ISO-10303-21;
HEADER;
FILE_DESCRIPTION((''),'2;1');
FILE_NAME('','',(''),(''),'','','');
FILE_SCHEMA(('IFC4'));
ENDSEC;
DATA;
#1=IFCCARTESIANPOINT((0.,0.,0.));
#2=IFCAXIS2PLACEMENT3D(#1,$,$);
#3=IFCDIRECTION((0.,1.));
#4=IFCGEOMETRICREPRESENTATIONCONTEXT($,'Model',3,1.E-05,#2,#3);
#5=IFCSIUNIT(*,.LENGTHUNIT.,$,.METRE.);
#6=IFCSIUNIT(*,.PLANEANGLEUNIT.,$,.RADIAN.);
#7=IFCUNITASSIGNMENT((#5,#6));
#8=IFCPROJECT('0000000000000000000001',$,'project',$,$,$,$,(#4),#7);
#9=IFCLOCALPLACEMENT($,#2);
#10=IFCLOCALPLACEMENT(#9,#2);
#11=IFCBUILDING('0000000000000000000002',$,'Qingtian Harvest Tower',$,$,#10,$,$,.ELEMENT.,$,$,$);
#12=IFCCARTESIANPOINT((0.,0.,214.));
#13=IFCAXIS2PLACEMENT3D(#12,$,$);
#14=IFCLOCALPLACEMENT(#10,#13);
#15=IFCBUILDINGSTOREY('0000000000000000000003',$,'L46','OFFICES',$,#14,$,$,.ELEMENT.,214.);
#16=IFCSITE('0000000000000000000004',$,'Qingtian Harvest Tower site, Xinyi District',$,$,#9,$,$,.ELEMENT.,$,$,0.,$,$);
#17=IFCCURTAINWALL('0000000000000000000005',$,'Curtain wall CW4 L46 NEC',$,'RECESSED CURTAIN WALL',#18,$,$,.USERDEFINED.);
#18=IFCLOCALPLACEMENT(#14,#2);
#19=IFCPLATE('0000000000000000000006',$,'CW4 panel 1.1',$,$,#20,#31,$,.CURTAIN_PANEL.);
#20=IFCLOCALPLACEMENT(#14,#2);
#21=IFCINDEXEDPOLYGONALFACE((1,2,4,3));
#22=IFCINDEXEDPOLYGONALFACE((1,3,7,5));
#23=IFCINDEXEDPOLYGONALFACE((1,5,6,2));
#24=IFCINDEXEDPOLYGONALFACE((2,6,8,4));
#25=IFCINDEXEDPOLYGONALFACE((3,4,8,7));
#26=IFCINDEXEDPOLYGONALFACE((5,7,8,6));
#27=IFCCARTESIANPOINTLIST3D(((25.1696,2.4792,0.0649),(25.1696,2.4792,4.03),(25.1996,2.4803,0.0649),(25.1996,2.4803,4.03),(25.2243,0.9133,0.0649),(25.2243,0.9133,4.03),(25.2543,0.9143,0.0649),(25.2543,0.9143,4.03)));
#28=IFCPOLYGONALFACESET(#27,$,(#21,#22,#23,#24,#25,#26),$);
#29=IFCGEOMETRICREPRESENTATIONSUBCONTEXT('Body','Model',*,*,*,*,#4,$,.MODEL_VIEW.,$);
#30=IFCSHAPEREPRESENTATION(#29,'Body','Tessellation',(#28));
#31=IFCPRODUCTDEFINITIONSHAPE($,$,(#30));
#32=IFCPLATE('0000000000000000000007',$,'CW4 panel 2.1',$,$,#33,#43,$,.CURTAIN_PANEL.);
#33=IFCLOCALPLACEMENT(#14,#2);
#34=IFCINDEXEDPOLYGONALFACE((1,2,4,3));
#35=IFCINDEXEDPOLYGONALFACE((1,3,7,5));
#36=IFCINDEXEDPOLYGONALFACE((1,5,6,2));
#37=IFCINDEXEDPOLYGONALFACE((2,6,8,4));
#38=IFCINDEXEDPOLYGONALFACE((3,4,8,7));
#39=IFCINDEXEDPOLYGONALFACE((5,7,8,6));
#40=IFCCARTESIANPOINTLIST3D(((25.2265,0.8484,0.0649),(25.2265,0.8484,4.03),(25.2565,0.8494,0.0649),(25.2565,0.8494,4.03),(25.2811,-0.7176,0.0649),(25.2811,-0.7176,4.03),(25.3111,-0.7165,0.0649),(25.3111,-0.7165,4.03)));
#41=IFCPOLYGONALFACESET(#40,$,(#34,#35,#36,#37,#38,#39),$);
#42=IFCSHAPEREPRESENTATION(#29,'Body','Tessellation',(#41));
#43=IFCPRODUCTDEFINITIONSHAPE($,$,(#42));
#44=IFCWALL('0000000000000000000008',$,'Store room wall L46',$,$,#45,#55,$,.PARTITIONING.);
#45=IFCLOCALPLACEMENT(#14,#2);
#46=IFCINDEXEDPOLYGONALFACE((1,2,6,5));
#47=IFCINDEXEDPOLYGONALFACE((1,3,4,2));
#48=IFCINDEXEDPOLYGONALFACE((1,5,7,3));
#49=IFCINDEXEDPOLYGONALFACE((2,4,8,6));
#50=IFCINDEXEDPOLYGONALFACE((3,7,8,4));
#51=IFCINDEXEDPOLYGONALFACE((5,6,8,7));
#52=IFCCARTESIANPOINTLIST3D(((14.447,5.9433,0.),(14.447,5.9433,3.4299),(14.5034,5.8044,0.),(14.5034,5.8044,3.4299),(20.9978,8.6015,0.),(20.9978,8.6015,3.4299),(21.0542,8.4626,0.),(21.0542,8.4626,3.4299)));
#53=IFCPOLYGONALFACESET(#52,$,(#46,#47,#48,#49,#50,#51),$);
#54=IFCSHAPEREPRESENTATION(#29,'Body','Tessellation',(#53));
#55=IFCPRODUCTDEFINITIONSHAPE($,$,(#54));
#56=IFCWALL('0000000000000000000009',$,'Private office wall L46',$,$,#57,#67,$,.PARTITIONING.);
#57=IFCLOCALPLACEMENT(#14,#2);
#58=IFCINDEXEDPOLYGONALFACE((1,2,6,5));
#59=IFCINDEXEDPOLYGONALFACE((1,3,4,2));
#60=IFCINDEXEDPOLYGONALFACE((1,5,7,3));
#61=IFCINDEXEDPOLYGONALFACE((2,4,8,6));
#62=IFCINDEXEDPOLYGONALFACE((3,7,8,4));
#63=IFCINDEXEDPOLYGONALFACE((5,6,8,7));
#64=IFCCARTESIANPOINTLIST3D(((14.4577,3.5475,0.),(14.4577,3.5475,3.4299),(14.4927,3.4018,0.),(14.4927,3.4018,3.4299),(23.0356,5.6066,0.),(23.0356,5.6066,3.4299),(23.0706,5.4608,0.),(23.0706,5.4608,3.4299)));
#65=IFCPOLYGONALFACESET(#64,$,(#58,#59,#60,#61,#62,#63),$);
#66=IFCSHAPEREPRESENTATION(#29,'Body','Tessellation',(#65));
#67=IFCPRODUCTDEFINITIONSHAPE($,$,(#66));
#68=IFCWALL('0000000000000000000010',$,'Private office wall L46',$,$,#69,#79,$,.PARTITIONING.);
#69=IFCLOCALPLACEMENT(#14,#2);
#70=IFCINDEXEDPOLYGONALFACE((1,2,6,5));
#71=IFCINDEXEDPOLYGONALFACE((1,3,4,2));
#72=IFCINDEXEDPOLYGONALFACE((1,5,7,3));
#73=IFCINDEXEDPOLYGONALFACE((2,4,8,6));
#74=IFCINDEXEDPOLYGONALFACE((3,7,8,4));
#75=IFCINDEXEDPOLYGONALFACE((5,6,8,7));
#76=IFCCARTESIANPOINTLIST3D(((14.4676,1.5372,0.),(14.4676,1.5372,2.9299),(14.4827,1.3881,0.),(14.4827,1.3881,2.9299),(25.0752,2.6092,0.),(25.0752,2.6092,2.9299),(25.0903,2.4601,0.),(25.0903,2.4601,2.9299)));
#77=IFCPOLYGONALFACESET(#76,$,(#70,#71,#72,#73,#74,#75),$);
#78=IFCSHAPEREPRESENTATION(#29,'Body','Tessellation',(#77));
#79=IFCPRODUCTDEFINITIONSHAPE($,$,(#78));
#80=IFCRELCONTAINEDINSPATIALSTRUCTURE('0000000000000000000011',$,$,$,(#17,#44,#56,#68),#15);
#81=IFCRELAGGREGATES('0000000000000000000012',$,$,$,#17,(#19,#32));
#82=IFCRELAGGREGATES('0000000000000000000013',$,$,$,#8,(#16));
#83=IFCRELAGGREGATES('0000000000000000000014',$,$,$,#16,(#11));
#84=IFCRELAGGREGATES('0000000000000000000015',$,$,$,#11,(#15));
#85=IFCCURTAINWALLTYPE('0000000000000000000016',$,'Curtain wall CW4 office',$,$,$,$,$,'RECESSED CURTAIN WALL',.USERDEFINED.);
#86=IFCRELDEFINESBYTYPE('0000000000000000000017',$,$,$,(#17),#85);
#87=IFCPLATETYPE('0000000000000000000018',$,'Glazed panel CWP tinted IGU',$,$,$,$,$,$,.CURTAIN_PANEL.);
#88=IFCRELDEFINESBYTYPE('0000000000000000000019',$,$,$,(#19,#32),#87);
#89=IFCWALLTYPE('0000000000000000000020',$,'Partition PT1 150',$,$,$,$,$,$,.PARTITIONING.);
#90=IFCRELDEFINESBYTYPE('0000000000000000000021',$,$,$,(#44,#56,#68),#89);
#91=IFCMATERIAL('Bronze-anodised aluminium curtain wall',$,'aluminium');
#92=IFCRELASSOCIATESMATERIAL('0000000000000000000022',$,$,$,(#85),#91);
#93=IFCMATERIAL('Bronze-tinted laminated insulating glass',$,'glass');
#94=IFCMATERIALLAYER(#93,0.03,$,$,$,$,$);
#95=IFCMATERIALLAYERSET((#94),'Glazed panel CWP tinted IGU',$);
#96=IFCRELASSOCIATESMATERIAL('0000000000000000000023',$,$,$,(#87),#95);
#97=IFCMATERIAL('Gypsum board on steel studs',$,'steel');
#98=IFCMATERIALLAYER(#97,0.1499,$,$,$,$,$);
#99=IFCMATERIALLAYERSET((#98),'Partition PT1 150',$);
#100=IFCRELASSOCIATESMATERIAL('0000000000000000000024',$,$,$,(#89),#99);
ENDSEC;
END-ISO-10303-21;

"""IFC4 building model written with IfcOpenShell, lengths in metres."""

from ifc_helpers import new_model, si_unit, direction, frame, frame_2d, origin, origin_2d, place, context, subcontext, project, spatial, rectangle, extrude, material, layer, layer_set, type_object, element, aggregate, save


model = new_model("IFC4")

# Units and contexts
model_context = context("Model", 3, precision=1e-05, world=origin(), true_north=direction((0.0, 1.0)))
body_context = subcontext(model_context, "Body", "Model", "MODEL_VIEW")
ifc_project = project(units=[si_unit("LENGTHUNIT", "METRE"), si_unit("PLANEANGLEUNIT", "RADIAN")], contexts=[model_context])

# Site, building, storey
site_placement = place(None, origin())
site = spatial("IfcSite", under=ifc_project, at=site_placement, Name="Qingtian Harvest Tower site, Xinyi District", CompositionType="ELEMENT", RefElevation=0.0)
building_placement = place(site_placement, origin())
building = spatial("IfcBuilding", under=site, at=building_placement, Name="Qingtian Harvest Tower", CompositionType="ELEMENT")
storey_placement = place(building_placement, frame((0.0, 0.0, 214.0)))
storey = spatial("IfcBuildingStorey", under=building, at=storey_placement, Name="L46", Description="OFFICES", CompositionType="ELEMENT", Elevation=214.0)

# Curtain wall
ifc_material_1 = material(Name="Bronze-anodised aluminium curtain wall", Category="aluminium")
curtain_wall_type = type_object("IfcCurtainWallType", Name="Curtain wall CW4 office", ElementType="RECESSED CURTAIN WALL", PredefinedType="USERDEFINED", material=ifc_material_1)
curtain_wall_1_placement = place(storey_placement, origin())
curtain_wall_1 = element("IfcCurtainWall", 1, at=curtain_wall_1_placement, inside=storey, type_object=curtain_wall_type, Name="Curtain wall CW4 L46 NEC", ObjectType="RECESSED CURTAIN WALL", PredefinedType="USERDEFINED")

# Plates
ifc_material_2 = material(Name="Bronze-tinted laminated insulating glass", Category="glass")
ifc_layer_1 = layer(ifc_material_2, 0.03)
ifc_layer_set_1 = layer_set([ifc_layer_1], Name="Glazed panel CWP tinted IGU")
plate_type = type_object("IfcPlateType", Name="Glazed panel CWP tinted IGU", PredefinedType="CURTAIN_PANEL", material=ifc_layer_set_1)
plate_1_placement = place(storey_placement, frame((25.2119, 1.6968, 0.0649), z_axis=(0.0, 0.0, 1.0), x_axis=(0.034899, -0.999391, 0.0)))
plate_1 = element("IfcPlate", 2, at=plate_1_placement, type_object=plate_type, Name="CW4 panel 1.1", PredefinedType="CURTAIN_PANEL", context=body_context, shape_type="SweptSolid", body=[
    extrude(rectangle(XDim=1.5669, YDim=0.03, at=origin_2d()), origin(), (0.0, 0.0, 1.0), 3.9651),
])
plate_2_placement = place(storey_placement, frame((25.2688, 0.0659, 0.0649), z_axis=(0.0, 0.0, 1.0), x_axis=(0.034899, -0.999391, 0.0)))
plate_2 = element("IfcPlate", 3, at=plate_2_placement, type_object=plate_type, Name="CW4 panel 2.1", PredefinedType="CURTAIN_PANEL", context=body_context, shape_type="SweptSolid", body=[
    extrude(rectangle(XDim=1.5669, YDim=0.03, at=origin_2d()), origin(), (0.0, 0.0, 1.0), 3.9651),
])
aggregate(curtain_wall_1, [plate_1, plate_2])

# Wall
ifc_material_3 = material(Name="Gypsum board on steel studs", Category="steel")
ifc_layer_2 = layer(ifc_material_3, 0.1499)
ifc_layer_set_2 = layer_set([ifc_layer_2], Name="Partition PT1 150")
wall_type = type_object("IfcWallType", Name="Partition PT1 150", PredefinedType="PARTITIONING", material=ifc_layer_set_2)
wall_1_placement = place(storey_placement, frame((21.0259, 8.532, 0.0), z_axis=(0.0, 0.0, 1.0), x_axis=(-0.926617, -0.376006, 0.0)))
element("IfcWall", 4, at=wall_1_placement, inside=storey, type_object=wall_type, Name="Store room wall L46", PredefinedType="PARTITIONING", context=body_context, shape_type="SweptSolid", body=[
    extrude(rectangle(XDim=7.0696, YDim=0.1499, at=frame_2d((3.5347, 0.0))), origin(), (0.0, 0.0, 1.0), 3.4299),
])

# Wall
wall_2_placement = place(storey_placement, frame((23.053, 5.5337, 0.0), z_axis=(0.0, 0.0, 1.0), x_axis=(-0.972377, -0.233415, 0.0)))
element("IfcWall", 5, at=wall_2_placement, inside=storey, type_object=wall_type, Name="Private office wall L46", PredefinedType="PARTITIONING", context=body_context, shape_type="SweptSolid", body=[
    extrude(rectangle(XDim=8.8215, YDim=0.1499, at=frame_2d((4.4106, 0.0))), origin(), (0.0, 0.0, 1.0), 3.4299),
])

# Wall
wall_3_placement = place(storey_placement, frame((25.0828, 2.5347, 0.0), z_axis=(0.0, 0.0, 1.0), x_axis=(-0.994932, -0.100549, 0.0)))
element("IfcWall", 6, at=wall_3_placement, inside=storey, type_object=wall_type, Name="Private office wall L46", PredefinedType="PARTITIONING", context=body_context, shape_type="SweptSolid", body=[
    extrude(rectangle(XDim=10.6616, YDim=0.1499, at=frame_2d((5.3308, 0.0))), origin(), (0.0, 0.0, 1.0), 2.9299),
])

save(model, "model.ifc")
